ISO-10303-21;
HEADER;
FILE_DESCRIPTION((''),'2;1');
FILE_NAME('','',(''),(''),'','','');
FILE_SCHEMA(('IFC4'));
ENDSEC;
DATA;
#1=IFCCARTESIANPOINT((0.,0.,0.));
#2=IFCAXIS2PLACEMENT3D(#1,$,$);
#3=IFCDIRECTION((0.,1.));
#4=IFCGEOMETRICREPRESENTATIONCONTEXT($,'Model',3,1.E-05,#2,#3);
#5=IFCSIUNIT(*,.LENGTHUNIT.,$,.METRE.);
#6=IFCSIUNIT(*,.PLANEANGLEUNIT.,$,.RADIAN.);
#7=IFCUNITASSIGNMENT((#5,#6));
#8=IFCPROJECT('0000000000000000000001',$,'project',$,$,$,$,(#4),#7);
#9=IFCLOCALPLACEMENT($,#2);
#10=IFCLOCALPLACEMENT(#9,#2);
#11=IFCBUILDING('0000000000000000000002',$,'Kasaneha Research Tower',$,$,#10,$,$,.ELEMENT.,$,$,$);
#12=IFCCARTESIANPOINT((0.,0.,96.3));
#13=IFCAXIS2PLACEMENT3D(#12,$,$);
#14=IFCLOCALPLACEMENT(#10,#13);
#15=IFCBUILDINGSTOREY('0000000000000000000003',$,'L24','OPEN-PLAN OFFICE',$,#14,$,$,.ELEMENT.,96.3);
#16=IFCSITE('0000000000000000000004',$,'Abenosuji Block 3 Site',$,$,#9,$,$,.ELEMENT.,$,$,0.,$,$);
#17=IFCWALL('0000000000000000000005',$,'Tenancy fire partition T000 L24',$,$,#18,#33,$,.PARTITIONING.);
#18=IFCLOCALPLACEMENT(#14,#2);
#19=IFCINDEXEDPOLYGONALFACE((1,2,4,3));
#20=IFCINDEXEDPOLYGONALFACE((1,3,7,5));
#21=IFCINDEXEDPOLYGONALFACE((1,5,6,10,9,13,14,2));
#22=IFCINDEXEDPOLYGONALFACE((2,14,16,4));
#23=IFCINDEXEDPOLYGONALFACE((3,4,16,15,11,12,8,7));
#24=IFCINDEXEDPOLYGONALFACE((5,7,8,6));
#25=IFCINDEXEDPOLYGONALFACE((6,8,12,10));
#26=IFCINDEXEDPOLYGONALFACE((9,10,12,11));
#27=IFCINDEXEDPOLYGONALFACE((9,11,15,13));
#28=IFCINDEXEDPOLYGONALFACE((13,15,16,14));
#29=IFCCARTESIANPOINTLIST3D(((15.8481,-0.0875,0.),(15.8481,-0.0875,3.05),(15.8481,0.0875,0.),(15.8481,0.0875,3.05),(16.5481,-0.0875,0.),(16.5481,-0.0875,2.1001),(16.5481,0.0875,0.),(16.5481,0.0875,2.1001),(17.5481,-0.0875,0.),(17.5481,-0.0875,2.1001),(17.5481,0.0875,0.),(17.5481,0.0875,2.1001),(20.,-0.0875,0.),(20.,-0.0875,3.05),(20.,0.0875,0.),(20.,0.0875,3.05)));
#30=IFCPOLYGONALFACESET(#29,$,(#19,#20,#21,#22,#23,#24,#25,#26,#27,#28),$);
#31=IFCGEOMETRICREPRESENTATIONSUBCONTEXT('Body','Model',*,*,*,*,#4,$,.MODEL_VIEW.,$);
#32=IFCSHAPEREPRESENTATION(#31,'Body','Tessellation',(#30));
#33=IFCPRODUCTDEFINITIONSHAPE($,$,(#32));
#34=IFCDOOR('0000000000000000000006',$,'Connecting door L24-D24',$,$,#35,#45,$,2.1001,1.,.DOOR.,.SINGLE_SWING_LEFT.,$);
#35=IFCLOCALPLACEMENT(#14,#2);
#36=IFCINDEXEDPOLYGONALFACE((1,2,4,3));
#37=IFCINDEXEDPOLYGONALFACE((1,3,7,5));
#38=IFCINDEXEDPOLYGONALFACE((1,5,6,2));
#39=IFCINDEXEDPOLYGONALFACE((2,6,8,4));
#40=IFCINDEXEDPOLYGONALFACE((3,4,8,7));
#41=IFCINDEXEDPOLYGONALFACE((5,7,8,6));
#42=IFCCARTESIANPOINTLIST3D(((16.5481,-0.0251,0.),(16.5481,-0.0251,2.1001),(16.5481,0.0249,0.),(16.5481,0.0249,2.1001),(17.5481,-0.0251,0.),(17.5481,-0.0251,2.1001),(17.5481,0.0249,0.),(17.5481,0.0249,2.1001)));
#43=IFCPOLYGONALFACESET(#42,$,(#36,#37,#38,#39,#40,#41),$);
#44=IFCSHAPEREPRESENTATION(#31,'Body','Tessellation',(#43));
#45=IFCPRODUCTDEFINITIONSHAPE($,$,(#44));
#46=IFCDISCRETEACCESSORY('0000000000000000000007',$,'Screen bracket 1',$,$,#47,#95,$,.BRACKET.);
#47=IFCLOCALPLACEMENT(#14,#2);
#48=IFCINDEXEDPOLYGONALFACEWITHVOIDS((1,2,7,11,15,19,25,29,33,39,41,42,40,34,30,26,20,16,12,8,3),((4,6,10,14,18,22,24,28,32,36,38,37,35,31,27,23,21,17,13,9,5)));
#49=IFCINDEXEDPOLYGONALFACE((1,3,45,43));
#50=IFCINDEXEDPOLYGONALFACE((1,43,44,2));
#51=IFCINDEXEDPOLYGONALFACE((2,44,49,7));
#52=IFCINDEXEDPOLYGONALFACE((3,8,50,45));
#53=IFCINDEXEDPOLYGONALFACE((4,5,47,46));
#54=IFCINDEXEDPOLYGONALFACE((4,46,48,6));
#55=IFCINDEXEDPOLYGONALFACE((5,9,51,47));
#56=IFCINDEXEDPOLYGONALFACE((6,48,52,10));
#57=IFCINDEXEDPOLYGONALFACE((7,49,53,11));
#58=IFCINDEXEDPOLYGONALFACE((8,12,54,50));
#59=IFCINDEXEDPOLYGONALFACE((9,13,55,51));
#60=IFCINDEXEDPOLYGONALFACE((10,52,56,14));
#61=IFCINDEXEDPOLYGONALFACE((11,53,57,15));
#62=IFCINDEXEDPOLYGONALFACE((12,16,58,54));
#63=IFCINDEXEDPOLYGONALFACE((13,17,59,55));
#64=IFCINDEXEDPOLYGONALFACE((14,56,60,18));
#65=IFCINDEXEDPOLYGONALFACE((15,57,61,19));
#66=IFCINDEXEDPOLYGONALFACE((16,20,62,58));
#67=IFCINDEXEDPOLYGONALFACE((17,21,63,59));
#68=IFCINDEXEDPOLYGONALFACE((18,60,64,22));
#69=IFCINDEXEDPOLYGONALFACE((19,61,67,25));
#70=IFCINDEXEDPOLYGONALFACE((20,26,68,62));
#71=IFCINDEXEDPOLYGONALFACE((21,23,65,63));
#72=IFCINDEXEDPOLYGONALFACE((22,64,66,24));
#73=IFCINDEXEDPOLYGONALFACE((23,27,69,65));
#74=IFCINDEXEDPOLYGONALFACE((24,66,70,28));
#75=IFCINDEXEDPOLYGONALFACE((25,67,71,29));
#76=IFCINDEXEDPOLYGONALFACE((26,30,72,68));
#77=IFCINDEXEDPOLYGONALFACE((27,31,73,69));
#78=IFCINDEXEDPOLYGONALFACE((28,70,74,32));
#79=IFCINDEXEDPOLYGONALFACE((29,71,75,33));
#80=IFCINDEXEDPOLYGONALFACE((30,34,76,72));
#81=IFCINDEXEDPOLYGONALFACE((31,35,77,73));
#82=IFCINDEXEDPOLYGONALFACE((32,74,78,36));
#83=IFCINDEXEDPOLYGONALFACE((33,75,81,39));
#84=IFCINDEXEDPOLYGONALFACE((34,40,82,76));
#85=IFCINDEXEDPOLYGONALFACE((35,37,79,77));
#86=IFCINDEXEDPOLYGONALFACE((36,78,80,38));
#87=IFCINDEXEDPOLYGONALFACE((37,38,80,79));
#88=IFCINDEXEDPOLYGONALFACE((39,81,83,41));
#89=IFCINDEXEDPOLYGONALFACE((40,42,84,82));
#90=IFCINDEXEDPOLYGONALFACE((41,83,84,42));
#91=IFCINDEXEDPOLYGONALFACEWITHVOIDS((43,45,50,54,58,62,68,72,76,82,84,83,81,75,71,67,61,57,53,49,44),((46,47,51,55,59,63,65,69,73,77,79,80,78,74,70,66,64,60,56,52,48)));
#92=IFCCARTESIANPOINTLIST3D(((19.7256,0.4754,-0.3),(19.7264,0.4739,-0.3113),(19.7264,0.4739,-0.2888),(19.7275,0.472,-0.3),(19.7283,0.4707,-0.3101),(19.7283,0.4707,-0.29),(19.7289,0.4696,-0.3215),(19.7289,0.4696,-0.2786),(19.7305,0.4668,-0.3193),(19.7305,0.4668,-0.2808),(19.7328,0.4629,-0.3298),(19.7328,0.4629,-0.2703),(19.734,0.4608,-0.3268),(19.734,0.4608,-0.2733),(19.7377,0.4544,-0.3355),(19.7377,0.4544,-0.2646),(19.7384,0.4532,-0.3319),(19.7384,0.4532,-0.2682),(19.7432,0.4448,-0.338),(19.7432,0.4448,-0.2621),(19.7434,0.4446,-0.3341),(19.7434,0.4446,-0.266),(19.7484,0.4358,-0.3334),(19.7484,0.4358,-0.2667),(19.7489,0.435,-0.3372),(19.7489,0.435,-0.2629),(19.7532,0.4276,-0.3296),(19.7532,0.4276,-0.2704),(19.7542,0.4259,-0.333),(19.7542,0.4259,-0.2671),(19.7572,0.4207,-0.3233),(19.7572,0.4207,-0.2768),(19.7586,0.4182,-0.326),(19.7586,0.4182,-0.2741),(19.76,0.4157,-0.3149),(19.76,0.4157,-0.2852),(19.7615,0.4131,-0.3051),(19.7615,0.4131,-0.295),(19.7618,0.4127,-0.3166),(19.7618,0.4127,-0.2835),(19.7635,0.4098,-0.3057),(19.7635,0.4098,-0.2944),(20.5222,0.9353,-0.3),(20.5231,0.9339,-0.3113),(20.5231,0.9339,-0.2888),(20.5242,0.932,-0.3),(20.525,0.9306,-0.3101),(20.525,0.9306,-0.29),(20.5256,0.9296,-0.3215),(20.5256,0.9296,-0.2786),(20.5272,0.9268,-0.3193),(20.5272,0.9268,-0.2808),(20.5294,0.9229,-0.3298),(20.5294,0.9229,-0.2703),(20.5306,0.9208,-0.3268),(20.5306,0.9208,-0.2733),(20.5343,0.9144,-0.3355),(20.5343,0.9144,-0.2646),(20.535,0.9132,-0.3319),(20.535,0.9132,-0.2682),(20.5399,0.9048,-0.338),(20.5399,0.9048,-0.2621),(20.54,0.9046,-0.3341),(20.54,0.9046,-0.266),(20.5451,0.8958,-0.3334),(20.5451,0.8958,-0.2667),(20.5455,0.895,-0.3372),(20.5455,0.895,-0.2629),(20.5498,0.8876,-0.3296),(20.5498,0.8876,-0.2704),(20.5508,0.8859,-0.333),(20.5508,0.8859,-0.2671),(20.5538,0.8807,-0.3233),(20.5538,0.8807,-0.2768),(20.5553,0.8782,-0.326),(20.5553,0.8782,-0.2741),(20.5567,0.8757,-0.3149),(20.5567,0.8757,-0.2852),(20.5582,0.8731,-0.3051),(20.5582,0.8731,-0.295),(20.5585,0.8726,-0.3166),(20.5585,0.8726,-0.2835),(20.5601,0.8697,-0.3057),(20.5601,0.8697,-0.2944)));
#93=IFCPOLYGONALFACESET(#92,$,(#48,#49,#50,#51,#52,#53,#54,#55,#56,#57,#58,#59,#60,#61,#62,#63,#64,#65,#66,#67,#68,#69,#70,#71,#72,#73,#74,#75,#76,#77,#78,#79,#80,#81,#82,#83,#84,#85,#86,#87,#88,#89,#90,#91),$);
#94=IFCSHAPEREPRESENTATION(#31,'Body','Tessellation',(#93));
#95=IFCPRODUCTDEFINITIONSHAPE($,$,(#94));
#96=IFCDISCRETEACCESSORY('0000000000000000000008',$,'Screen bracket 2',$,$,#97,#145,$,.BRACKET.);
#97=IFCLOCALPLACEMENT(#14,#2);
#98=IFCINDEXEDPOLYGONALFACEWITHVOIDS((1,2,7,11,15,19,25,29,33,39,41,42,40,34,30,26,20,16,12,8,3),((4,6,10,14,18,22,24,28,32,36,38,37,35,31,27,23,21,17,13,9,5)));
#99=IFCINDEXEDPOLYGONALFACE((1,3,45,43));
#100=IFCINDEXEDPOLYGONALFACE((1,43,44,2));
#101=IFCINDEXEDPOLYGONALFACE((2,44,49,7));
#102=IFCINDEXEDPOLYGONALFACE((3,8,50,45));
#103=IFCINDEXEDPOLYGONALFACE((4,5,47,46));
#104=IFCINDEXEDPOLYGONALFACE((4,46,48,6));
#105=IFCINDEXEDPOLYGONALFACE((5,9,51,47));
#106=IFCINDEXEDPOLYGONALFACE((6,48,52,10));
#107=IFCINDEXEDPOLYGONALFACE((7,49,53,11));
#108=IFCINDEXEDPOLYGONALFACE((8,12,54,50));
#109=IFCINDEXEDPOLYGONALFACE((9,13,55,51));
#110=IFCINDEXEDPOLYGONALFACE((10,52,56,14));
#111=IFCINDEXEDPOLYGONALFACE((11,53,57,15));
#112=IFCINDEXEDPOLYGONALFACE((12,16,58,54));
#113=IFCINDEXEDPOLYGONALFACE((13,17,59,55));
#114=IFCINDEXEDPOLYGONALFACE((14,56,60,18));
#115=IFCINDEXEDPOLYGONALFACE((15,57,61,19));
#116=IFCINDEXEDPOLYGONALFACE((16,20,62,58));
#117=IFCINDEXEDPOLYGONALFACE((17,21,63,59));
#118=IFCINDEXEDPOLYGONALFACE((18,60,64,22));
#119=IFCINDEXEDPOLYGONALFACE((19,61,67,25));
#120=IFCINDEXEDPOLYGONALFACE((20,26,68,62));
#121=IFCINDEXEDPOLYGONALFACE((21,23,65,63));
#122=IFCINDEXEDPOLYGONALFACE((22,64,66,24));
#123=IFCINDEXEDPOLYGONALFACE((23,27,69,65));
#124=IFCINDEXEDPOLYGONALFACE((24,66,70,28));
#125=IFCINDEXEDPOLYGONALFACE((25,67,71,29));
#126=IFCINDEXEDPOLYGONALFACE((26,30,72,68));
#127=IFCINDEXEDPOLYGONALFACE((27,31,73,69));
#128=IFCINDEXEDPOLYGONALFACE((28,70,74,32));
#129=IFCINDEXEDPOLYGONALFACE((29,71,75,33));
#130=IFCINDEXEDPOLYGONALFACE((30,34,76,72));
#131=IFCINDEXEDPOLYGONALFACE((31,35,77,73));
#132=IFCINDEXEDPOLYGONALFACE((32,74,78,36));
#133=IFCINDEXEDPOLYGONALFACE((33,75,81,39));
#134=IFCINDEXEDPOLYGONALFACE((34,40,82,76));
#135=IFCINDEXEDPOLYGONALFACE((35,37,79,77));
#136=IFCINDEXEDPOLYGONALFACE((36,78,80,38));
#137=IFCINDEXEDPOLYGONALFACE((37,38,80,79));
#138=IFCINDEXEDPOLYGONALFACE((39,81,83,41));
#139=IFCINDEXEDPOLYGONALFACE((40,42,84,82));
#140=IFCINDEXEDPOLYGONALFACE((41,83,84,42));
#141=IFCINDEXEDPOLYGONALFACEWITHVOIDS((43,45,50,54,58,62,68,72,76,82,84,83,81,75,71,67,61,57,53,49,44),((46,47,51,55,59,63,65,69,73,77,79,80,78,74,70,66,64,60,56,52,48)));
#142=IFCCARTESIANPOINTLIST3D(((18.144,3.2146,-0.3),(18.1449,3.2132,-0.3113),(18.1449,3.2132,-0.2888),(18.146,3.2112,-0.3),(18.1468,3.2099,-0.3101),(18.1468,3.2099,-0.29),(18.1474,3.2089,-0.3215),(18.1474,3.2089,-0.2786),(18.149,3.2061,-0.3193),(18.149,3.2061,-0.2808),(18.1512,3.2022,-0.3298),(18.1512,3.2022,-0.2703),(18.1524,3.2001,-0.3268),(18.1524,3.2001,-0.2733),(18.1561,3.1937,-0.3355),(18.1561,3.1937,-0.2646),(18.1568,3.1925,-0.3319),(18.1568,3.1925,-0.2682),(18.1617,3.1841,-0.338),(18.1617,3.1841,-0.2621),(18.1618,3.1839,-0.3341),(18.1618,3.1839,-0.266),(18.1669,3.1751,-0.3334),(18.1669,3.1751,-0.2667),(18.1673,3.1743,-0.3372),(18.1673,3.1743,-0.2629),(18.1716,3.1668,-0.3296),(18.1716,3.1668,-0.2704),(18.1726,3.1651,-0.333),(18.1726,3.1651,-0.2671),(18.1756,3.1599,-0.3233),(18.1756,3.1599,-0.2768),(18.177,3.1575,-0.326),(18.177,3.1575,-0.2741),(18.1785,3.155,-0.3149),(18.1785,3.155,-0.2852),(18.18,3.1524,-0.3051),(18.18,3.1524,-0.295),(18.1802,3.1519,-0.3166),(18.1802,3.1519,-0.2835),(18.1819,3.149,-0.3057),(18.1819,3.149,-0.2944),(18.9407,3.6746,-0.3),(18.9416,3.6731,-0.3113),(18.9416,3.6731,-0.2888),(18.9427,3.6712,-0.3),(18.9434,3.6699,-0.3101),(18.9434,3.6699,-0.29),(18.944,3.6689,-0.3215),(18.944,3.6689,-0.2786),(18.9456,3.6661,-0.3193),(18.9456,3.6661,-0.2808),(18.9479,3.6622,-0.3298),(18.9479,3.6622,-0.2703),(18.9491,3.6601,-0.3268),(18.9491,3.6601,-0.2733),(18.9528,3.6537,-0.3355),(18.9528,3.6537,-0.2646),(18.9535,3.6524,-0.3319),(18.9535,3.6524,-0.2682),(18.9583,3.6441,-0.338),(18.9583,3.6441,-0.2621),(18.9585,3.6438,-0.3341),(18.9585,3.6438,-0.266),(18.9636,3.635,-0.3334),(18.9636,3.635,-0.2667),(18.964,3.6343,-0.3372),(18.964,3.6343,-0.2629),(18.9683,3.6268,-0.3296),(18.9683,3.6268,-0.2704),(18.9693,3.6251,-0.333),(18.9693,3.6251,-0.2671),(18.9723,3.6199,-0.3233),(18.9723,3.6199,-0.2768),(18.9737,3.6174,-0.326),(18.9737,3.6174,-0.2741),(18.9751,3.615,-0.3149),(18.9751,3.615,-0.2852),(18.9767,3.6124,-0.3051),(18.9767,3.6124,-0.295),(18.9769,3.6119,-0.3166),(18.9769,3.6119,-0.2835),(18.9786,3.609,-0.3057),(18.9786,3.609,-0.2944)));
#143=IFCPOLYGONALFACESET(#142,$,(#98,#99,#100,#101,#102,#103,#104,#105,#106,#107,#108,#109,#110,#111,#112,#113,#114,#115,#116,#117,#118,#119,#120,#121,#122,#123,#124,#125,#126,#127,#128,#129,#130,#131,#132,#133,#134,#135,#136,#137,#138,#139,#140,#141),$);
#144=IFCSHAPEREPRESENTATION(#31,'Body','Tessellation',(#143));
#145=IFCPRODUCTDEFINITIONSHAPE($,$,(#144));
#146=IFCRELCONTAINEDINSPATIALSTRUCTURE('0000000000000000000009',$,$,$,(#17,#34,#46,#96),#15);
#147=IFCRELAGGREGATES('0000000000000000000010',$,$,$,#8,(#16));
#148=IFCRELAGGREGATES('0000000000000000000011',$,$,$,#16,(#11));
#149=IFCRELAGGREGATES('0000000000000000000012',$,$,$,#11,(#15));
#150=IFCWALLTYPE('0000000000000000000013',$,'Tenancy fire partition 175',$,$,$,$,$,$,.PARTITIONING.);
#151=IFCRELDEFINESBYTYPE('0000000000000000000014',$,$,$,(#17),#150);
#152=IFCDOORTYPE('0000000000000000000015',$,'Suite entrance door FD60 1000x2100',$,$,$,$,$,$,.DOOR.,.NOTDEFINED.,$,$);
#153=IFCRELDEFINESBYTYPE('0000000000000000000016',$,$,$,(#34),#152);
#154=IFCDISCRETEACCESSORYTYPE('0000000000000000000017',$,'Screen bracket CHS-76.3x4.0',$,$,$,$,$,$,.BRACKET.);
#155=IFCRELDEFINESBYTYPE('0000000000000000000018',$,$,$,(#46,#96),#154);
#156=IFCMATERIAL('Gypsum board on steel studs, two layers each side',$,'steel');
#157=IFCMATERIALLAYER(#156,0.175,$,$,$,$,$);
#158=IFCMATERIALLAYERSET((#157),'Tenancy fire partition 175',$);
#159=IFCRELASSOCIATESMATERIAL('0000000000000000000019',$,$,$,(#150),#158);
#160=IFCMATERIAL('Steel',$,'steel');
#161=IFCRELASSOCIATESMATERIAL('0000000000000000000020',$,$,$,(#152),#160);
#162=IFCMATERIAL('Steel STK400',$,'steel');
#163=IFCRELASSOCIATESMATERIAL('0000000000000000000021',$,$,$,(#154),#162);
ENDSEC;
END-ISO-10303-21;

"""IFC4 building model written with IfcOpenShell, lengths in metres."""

from ifc_helpers import new_model, si_unit, direction, frame, frame_2d, origin, origin_2d, place, context, subcontext, project, spatial, rectangle, hollow_circle, extrude, material, layer, layer_set, material_profile, profile_set, type_object, element, fill, save


model = new_model("IFC4")

# Units and contexts
model_context = context("Model", 3, precision=1e-05, world=origin(), true_north=direction((0.0, 1.0)))
body_context = subcontext(model_context, "Body", "Model", "MODEL_VIEW")
ifc_project = project(units=[si_unit("LENGTHUNIT", "METRE"), si_unit("PLANEANGLEUNIT", "RADIAN")], contexts=[model_context])

# Site, building, storey
site_placement = place(None, origin())
site = spatial("IfcSite", under=ifc_project, at=site_placement, Name="Abenosuji Block 3 Site", CompositionType="ELEMENT", RefElevation=0.0)
building_placement = place(site_placement, origin())
building = spatial("IfcBuilding", under=site, at=building_placement, Name="Kasaneha Research Tower", CompositionType="ELEMENT")
storey_placement = place(building_placement, frame((0.0, 0.0, 96.3)))
storey = spatial("IfcBuildingStorey", under=building, at=storey_placement, Name="L24", Description="OPEN-PLAN OFFICE", CompositionType="ELEMENT", Elevation=96.3)

# Wall, opening, door
ifc_material_1 = material(Name="Gypsum board on steel studs, two layers each side", Category="steel")
ifc_layer_1 = layer(ifc_material_1, 0.175)
ifc_layer_set_1 = layer_set([ifc_layer_1], Name="Tenancy fire partition 175")
wall_type_1 = type_object("IfcWallType", Name="Tenancy fire partition 175", PredefinedType="PARTITIONING", material=ifc_layer_set_1)
wall_1_placement = place(storey_placement, frame((15.8481, 0.0, 0.0), z_axis=(0.0, 0.0, 1.0), x_axis=(1.0, 0.0, 0.0)))
wall_1 = element("IfcWall", 1, at=wall_1_placement, inside=storey, type_object=wall_type_1, Name="Tenancy fire partition T000 L24", PredefinedType="PARTITIONING", context=body_context, shape_type="SweptSolid", body=[
    extrude(rectangle(XDim=4.1519, YDim=0.175, at=frame_2d((2.0759, 0.0))), origin(), (0.0, 0.0, 1.0), 3.05),
])
opening_1_placement = place(wall_1_placement, frame((0.7, 0.0, 0.0)))
opening_1 = element("IfcOpeningElement", 2, at=opening_1_placement, cuts=wall_1, PredefinedType="OPENING", context=body_context, shape_type="SweptSolid", body=[
    extrude(rectangle(XDim=1.0, YDim=2.1001, at=frame_2d((0.5, 1.05))), frame((0.0, 0.0977, 0.0), z_axis=(0.0, -1.0, 0.0), x_axis=(1.0, 0.0, 0.0)), (0.0, 0.0, 1.0), 0.1951),
])
ifc_material_2 = material(Name="Steel", Category="steel")
door_type_1 = type_object("IfcDoorType", Name="Suite entrance door FD60 1000x2100", OperationType="NOTDEFINED", PredefinedType="DOOR", material=ifc_material_2)
door_1_placement = place(opening_1_placement, origin())
door_1 = element("IfcDoor", 3, at=door_1_placement, inside=storey, type_object=door_type_1, Name="Connecting door L24-D24", OperationType="SINGLE_SWING_LEFT", OverallHeight=2.1001, OverallWidth=1.0, PredefinedType="DOOR", context=body_context, shape_type="SweptSolid", body=[
    extrude(rectangle(XDim=1.0, YDim=2.1001, at=frame_2d((0.5, 1.05))), frame((0.0, 0.0249, 0.0), z_axis=(0.0, -1.0, 0.0), x_axis=(1.0, 0.0, 0.0)), (0.0, 0.0, 1.0), 0.05),
])
fill(opening_1, door_1)

# Discrete accessories
ifc_material_3 = material(Name="Steel STK400", Category="steel")
ifc_material_profile_1 = material_profile(ifc_material_3, hollow_circle(Radius=0.0381, WallThickness=0.0039, at=origin_2d()), Name="CHS-76.3x4.0")
ifc_profile_set_1 = profile_set([ifc_material_profile_1], Name="Steel STK400")
discrete_accessory_type = type_object("IfcDiscreteAccessoryType", Name="Screen bracket CHS-76.3x4.0", PredefinedType="BRACKET", material=ifc_profile_set_1)
for number, where, z_axis, x_axis, name in (
    (4, (19.7446, 0.4424, -0.3), (0.866013, 0.500021, 0.0), (-0.500021, 0.866013, 0.0), "Screen bracket 1"),
    (5, (18.1631, 3.1816, -0.3), (0.866013, 0.500021, 0.0), (-0.500021, 0.866013, 0.0), "Screen bracket 2"),
):
    element("IfcDiscreteAccessory", number, at=place(storey_placement, frame(where, z_axis=z_axis, x_axis=x_axis)), inside=storey, type_object=discrete_accessory_type, Name=name, PredefinedType="BRACKET", context=body_context, shape_type="SweptSolid", body=[
        extrude(hollow_circle(Radius=0.0381, WallThickness=0.0039, at=origin_2d()), origin(), (0.0, 0.0, 1.0), 0.9199),
    ])

save(model, "model.ifc")
